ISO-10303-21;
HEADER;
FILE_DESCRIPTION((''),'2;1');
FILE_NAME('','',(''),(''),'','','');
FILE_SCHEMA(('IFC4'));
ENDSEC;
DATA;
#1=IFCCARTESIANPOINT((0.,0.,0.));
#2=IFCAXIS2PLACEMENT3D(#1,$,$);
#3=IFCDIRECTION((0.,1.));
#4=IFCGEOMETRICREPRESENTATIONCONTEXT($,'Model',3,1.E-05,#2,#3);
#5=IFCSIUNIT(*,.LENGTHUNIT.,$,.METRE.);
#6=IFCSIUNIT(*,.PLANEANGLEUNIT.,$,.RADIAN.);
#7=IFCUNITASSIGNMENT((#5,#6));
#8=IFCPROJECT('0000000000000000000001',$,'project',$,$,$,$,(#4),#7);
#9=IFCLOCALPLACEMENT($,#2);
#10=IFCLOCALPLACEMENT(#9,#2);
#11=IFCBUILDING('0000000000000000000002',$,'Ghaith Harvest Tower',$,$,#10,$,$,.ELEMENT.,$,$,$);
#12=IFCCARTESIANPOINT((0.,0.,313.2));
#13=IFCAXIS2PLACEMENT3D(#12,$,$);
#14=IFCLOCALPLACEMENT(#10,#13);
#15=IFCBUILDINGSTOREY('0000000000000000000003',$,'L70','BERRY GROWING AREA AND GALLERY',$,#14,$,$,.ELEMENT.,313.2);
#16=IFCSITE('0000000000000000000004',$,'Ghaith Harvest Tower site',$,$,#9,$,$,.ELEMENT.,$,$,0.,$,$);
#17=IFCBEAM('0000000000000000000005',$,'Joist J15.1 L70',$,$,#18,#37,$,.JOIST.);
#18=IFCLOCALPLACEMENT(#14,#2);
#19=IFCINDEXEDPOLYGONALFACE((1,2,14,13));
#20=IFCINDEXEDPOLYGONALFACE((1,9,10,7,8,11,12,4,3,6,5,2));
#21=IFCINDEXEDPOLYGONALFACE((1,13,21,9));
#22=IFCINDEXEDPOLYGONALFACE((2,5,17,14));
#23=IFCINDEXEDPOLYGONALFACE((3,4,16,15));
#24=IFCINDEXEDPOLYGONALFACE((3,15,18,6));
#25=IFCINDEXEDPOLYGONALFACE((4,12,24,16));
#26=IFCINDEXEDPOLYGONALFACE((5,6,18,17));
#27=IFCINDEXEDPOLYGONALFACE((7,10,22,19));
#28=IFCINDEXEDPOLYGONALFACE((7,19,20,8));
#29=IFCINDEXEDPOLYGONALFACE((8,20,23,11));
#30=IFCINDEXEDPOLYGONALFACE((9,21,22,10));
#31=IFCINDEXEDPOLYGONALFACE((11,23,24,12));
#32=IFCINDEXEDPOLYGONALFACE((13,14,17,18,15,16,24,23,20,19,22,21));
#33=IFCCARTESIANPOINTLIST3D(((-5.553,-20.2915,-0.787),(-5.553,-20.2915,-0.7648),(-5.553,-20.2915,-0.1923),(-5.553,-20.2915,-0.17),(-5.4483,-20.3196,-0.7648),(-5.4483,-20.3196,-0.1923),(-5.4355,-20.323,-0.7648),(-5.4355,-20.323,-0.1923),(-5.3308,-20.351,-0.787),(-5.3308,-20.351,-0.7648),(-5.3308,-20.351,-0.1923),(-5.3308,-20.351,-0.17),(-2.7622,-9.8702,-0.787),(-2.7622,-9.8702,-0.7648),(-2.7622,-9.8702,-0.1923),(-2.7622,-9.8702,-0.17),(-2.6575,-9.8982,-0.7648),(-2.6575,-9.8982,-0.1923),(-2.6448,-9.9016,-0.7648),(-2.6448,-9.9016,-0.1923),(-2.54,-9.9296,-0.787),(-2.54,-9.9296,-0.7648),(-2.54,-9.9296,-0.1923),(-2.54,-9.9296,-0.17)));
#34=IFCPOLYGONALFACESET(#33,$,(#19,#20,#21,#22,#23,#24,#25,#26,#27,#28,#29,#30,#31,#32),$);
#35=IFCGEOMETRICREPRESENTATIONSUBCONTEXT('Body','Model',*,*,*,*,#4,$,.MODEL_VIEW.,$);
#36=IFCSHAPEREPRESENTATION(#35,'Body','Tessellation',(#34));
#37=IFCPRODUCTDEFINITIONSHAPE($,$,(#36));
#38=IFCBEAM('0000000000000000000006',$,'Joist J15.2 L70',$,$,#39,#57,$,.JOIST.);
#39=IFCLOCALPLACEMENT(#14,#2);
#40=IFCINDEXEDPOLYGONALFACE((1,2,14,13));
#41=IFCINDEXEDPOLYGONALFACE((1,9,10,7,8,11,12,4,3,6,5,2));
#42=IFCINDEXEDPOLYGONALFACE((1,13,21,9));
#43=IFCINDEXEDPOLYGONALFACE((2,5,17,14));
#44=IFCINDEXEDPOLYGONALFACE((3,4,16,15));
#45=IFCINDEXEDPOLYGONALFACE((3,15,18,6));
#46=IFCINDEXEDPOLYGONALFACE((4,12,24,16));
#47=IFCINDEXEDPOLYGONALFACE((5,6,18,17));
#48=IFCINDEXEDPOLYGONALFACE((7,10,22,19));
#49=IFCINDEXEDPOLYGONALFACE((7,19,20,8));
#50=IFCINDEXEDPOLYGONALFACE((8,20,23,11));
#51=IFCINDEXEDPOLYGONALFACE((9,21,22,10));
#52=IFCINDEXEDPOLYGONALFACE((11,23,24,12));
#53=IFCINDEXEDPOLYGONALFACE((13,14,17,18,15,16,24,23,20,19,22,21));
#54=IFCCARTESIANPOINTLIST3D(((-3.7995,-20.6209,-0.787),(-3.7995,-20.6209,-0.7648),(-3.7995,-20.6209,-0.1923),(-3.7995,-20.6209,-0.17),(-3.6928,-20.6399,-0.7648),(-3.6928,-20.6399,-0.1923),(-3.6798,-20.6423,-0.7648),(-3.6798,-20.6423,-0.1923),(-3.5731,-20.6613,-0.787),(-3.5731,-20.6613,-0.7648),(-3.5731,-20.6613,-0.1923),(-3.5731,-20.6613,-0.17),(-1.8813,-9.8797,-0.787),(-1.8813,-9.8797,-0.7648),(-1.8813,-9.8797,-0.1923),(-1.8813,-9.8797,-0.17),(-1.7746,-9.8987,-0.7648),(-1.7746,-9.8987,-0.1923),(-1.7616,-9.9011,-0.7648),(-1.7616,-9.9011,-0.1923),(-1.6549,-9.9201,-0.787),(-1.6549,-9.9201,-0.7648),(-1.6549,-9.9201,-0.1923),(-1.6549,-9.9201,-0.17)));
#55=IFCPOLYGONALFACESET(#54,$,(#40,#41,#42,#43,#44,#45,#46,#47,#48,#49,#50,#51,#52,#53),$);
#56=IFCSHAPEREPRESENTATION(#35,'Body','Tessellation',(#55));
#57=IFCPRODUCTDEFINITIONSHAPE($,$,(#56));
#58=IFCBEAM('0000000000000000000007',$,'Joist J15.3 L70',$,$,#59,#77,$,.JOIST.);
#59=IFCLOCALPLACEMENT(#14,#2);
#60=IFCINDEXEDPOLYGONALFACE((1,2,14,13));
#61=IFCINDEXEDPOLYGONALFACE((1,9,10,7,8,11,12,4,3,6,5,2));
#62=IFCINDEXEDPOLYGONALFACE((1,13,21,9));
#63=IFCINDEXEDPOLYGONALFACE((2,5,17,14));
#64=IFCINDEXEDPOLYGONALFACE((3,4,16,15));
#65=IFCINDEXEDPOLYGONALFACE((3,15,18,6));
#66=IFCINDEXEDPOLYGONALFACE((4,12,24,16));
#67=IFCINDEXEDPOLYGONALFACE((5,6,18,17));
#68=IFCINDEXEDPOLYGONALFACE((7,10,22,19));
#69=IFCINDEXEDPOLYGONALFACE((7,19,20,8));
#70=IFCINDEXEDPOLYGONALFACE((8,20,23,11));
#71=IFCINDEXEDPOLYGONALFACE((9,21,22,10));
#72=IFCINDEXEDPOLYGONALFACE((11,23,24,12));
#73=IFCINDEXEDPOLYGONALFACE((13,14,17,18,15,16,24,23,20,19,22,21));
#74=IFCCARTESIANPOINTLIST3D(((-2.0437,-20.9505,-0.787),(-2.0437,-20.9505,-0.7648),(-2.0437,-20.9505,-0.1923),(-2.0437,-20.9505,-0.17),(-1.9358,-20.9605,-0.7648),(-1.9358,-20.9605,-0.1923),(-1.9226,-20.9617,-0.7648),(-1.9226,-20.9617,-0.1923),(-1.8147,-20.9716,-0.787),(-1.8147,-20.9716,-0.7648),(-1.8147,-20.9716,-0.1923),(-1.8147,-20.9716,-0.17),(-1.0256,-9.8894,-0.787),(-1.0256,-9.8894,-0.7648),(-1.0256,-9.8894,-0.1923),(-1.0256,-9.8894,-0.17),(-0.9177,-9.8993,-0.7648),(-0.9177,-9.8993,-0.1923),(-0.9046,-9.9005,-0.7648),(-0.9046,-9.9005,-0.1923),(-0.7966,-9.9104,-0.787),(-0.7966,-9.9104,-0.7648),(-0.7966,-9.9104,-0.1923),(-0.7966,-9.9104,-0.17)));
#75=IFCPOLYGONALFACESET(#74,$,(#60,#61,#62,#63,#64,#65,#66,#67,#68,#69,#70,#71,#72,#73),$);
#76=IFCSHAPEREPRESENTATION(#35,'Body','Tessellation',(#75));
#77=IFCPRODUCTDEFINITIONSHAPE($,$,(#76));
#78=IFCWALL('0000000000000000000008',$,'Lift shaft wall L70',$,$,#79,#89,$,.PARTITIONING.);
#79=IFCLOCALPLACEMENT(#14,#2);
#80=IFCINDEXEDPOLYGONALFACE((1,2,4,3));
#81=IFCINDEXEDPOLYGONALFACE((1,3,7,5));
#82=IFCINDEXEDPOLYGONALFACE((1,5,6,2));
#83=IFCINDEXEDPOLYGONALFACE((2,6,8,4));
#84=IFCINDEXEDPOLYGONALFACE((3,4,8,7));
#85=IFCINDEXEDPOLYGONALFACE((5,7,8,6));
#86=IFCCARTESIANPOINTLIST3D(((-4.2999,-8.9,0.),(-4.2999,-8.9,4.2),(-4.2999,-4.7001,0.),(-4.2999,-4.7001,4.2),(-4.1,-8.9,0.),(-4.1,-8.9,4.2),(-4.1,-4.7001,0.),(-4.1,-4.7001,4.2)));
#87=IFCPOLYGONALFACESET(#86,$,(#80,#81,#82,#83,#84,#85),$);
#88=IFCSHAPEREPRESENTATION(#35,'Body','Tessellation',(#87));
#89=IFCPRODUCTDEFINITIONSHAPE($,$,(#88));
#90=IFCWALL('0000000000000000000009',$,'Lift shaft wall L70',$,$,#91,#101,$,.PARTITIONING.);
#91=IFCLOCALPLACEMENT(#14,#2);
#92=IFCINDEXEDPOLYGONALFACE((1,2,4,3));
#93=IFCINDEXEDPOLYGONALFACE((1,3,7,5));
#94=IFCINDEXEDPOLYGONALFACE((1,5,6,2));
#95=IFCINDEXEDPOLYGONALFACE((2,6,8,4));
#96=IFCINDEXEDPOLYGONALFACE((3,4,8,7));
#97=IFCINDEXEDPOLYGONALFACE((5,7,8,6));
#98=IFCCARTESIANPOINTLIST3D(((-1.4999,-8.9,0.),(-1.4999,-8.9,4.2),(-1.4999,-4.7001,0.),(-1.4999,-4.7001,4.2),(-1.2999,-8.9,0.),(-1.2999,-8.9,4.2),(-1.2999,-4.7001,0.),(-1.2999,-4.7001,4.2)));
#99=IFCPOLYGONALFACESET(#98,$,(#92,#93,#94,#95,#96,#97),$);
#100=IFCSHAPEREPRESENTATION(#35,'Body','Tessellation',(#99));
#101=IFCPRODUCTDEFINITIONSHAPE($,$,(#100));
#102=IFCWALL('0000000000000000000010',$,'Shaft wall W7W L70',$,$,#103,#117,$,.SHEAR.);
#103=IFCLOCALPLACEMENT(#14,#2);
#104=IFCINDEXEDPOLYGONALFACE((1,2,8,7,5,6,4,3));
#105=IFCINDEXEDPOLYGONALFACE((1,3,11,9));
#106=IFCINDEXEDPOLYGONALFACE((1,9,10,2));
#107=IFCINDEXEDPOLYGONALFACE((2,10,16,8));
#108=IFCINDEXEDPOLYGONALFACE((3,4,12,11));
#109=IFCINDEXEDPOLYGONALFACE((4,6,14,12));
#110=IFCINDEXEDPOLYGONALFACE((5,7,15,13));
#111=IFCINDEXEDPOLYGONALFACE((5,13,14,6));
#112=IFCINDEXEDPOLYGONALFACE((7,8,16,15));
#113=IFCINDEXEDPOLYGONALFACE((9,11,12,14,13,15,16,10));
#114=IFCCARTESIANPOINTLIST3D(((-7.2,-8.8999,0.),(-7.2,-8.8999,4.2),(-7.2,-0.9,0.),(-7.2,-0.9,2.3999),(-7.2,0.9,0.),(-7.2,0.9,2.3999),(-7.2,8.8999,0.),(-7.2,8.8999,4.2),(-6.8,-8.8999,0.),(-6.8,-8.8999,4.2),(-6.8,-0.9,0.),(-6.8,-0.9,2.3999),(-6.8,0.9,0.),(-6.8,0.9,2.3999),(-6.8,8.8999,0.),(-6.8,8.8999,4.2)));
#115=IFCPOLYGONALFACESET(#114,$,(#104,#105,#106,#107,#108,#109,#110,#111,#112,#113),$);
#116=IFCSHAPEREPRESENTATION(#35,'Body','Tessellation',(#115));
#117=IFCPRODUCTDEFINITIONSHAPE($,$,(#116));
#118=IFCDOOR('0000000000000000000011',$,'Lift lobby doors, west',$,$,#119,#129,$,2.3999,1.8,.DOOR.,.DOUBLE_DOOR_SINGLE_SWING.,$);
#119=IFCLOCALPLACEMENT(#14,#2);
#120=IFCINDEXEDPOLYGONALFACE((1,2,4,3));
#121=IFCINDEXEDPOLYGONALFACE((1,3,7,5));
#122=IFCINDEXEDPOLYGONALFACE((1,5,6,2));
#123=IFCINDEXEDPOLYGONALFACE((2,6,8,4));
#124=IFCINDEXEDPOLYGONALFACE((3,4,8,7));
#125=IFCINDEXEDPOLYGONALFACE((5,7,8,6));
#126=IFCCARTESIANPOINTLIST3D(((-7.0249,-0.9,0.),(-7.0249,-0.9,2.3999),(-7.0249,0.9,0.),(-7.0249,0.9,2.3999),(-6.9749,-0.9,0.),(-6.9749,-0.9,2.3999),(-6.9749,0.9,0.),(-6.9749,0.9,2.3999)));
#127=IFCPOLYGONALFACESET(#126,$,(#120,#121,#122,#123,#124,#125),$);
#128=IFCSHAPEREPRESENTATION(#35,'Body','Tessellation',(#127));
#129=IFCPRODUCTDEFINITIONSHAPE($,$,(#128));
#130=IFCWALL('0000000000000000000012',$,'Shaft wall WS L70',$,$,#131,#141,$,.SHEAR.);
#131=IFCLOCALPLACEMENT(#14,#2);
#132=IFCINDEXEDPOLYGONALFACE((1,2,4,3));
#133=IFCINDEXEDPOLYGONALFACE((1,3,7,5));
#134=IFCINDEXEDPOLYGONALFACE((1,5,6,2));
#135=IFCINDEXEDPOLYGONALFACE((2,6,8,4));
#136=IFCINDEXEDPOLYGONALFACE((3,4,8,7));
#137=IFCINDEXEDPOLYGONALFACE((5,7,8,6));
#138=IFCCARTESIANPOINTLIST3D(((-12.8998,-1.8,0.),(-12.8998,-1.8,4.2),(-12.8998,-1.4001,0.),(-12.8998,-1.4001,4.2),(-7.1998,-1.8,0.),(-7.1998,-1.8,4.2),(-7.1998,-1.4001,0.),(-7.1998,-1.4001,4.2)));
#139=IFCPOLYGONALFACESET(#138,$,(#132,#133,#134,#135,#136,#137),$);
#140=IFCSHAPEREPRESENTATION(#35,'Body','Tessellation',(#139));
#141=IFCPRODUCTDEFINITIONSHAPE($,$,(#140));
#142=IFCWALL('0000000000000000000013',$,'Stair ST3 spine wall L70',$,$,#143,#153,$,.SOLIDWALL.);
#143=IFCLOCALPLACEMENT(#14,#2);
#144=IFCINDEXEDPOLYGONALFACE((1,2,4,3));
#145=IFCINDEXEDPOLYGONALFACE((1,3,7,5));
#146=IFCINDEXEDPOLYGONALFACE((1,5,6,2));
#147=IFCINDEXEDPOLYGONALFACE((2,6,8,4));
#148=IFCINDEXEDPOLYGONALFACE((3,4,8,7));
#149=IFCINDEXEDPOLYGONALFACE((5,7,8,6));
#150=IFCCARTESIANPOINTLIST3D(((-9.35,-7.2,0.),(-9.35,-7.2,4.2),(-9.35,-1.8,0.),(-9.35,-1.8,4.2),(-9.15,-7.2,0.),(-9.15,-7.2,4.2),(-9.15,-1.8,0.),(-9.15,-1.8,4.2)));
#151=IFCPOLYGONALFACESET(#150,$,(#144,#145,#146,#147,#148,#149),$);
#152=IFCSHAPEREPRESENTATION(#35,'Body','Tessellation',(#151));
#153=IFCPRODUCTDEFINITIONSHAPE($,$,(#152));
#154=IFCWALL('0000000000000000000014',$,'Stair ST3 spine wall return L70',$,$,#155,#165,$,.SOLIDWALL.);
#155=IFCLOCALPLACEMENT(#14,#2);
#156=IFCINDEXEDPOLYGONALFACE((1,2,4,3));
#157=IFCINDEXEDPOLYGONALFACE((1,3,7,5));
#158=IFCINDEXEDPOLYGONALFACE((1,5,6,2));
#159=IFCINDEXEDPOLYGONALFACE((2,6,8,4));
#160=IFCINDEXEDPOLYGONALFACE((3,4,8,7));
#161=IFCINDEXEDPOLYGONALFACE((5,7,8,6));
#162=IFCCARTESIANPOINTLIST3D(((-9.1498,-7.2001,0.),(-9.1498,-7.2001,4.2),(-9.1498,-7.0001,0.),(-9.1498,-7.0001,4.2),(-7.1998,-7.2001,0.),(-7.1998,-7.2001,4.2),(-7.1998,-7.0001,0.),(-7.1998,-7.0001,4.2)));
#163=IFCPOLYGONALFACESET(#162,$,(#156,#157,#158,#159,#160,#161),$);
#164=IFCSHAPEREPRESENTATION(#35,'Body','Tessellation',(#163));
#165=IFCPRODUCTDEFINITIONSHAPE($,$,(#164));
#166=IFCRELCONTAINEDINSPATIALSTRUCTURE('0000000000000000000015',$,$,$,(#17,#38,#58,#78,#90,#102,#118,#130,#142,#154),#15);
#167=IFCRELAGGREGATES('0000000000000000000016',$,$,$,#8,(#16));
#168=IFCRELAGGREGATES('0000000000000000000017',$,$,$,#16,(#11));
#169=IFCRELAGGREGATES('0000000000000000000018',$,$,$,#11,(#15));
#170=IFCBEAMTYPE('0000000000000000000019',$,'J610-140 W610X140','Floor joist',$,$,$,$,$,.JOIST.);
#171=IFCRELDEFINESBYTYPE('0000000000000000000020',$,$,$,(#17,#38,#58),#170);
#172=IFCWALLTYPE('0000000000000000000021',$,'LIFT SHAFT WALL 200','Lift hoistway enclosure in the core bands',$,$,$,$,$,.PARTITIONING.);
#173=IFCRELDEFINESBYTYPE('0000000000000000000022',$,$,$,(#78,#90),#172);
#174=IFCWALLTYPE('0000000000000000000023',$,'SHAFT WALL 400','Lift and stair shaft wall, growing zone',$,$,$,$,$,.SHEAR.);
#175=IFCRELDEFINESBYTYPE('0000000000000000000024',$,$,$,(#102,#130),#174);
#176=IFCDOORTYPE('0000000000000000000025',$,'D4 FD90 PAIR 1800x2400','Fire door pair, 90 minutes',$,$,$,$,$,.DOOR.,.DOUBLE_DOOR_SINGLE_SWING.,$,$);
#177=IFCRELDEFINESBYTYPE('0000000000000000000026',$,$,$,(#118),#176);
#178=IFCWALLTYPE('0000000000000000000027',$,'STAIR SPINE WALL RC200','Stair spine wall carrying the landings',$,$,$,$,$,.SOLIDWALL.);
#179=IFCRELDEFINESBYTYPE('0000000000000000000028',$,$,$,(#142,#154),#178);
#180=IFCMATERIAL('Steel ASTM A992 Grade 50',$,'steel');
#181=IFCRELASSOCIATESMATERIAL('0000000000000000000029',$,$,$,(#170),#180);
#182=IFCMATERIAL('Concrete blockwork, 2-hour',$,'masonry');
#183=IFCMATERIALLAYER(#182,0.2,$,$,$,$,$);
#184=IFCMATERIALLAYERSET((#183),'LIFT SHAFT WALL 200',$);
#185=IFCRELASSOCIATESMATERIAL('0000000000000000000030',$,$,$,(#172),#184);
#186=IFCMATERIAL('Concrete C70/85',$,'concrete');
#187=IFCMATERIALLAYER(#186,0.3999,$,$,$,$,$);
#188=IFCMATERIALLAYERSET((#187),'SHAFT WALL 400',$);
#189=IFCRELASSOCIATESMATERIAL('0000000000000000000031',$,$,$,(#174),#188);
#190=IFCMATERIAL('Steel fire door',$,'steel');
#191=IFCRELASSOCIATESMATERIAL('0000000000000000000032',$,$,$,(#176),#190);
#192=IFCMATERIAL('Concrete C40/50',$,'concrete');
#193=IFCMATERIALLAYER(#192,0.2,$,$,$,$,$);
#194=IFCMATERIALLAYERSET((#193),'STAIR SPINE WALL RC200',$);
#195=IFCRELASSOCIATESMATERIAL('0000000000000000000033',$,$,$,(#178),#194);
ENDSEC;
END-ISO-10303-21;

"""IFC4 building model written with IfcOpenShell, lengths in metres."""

from ifc_helpers import new_model, si_unit, direction, frame, frame_2d, origin, origin_2d, place, context, subcontext, project, spatial, rectangle, i_section, extrude, material, layer, layer_set, material_profile, profile_set, type_object, element, fill, save


model = new_model("IFC4")

# Units and contexts
model_context = context("Model", 3, precision=1e-05, world=origin(), true_north=direction((0.0, 1.0)))
body_context = subcontext(model_context, "Body", "Model", "MODEL_VIEW")
ifc_project = project(units=[si_unit("LENGTHUNIT", "METRE"), si_unit("PLANEANGLEUNIT", "RADIAN")], contexts=[model_context])

# Site, building, storey
site_placement = place(None, origin())
site = spatial("IfcSite", under=ifc_project, at=site_placement, Name="Ghaith Harvest Tower site", CompositionType="ELEMENT", RefElevation=0.0)
building_placement = place(site_placement, origin())
building = spatial("IfcBuilding", under=site, at=building_placement, Name="Ghaith Harvest Tower", CompositionType="ELEMENT")
storey_placement = place(building_placement, frame((0.0, 0.0, 313.2)))
storey = spatial("IfcBuildingStorey", under=building, at=storey_placement, Name="L70", Description="BERRY GROWING AREA AND GALLERY", CompositionType="ELEMENT", Elevation=313.2)

# Beams
ifc_material_1 = material(Name="Steel ASTM A992 Grade 50", Category="steel")
ifc_material_profile_1 = material_profile(ifc_material_1, i_section(OverallWidth=0.23, OverallDepth=0.6169, WebThickness=0.0132, FlangeThickness=0.0222, at=origin_2d()), Name="W610X140")
ifc_profile_set_1 = profile_set([ifc_material_profile_1], Name="Steel ASTM A992 Grade 50")
beam_type_1 = type_object("IfcBeamType", Name="J610-140 W610X140", Description="Floor joist", PredefinedType="JOIST", material=ifc_profile_set_1)
beam_1_placement = place(storey_placement, frame((-2.6511, -9.8999, -0.4785), z_axis=(-0.258678, -0.965964, 0.0), x_axis=(0.965964, -0.258678, 0.0)))
element("IfcBeam", 1, at=beam_1_placement, inside=storey, type_object=beam_type_1, Name="Joist J15.1 L70", PredefinedType="JOIST", context=body_context, shape_type="SweptSolid", body=[
    extrude(i_section(OverallWidth=0.23, OverallDepth=0.6169, WebThickness=0.0132, FlangeThickness=0.0222, at=origin_2d()), origin(), (0.0, 0.0, 1.0), 10.7886),
])
beam_2_placement = place(storey_placement, frame((-1.7681, -9.8999, -0.4785), z_axis=(-0.175803, -0.984425, 0.0), x_axis=(0.984425, -0.175803, 0.0)))
element("IfcBeam", 2, at=beam_2_placement, inside=storey, type_object=beam_type_1, Name="Joist J15.2 L70", PredefinedType="JOIST", context=body_context, shape_type="SweptSolid", body=[
    extrude(i_section(OverallWidth=0.23, OverallDepth=0.6169, WebThickness=0.0132, FlangeThickness=0.0222, at=origin_2d()), origin(), (0.0, 0.0, 1.0), 10.9111),
])
beam_3_placement = place(storey_placement, frame((-0.9111, -9.8999, -0.4785), z_axis=(-0.091651, -0.995791, 0.0), x_axis=(0.995791, -0.091651, 0.0)))
element("IfcBeam", 3, at=beam_3_placement, inside=storey, type_object=beam_type_1, Name="Joist J15.3 L70", PredefinedType="JOIST", context=body_context, shape_type="SweptSolid", body=[
    extrude(i_section(OverallWidth=0.23, OverallDepth=0.6169, WebThickness=0.0132, FlangeThickness=0.0222, at=origin_2d()), origin(), (0.0, 0.0, 1.0), 11.1079),
])

# Walls
ifc_material_2 = material(Name="Concrete blockwork, 2-hour", Category="masonry")
ifc_layer_1 = layer(ifc_material_2, 0.2)
ifc_layer_set_1 = layer_set([ifc_layer_1], Name="LIFT SHAFT WALL 200")
wall_type_1 = type_object("IfcWallType", Name="LIFT SHAFT WALL 200", Description="Lift hoistway enclosure in the core bands", PredefinedType="PARTITIONING", material=ifc_layer_set_1)
for number, where, z_axis, x_axis, name in (
    (4, (-4.2, -4.7, 0.0), (0.0, 0.0, 1.0), (0.0, -1.0, 0.0), "Lift shaft wall L70"),
    (5, (-1.3999, -4.7, 0.0), (0.0, 0.0, 1.0), (0.0, -1.0, 0.0), "Lift shaft wall L70"),
):
    element("IfcWall", number, at=place(storey_placement, frame(where, z_axis=z_axis, x_axis=x_axis)), inside=storey, type_object=wall_type_1, Name=name, PredefinedType="PARTITIONING", context=body_context, shape_type="SweptSolid", body=[
        extrude(rectangle(XDim=4.2, YDim=0.2, at=frame_2d((2.1001, 0.0))), origin(), (0.0, 0.0, 1.0), 4.2),
    ])

# Wall, opening, door
ifc_material_3 = material(Name="Concrete C70/85", Category="concrete")
ifc_layer_2 = layer(ifc_material_3, 0.3999)
ifc_layer_set_2 = layer_set([ifc_layer_2], Name="SHAFT WALL 400")
wall_type_2 = type_object("IfcWallType", Name="SHAFT WALL 400", Description="Lift and stair shaft wall, growing zone", PredefinedType="SHEAR", material=ifc_layer_set_2)
wall_1_placement = place(storey_placement, frame((-7.0, -8.8999, 0.0), z_axis=(0.0, 0.0, 1.0), x_axis=(0.0, 1.0, 0.0)))
wall_1 = element("IfcWall", 6, at=wall_1_placement, inside=storey, type_object=wall_type_2, Name="Shaft wall W7W L70", PredefinedType="SHEAR", context=body_context, shape_type="SweptSolid", body=[
    extrude(rectangle(XDim=17.7998, YDim=0.3999, at=frame_2d((8.8999, 0.0))), origin(), (0.0, 0.0, 1.0), 4.2),
])
opening_1_placement = place(wall_1_placement, frame((8.0, 0.0, 0.0)))
opening_1 = element("IfcOpeningElement", 7, at=opening_1_placement, cuts=wall_1, PredefinedType="OPENING", context=body_context, shape_type="SweptSolid", body=[
    extrude(rectangle(XDim=1.8, YDim=2.3999, at=frame_2d((0.8999, 1.2))), frame((0.0, 0.21, 0.0), z_axis=(0.0, -1.0, 0.0), x_axis=(1.0, 0.0, 0.0)), (0.0, 0.0, 1.0), 0.4199),
])
ifc_material_4 = material(Name="Steel fire door", Category="steel")
door_type_1 = type_object("IfcDoorType", Name="D4 FD90 PAIR 1800x2400", Description="Fire door pair, 90 minutes", OperationType="DOUBLE_DOOR_SINGLE_SWING", PredefinedType="DOOR", material=ifc_material_4)
door_1_placement = place(opening_1_placement, origin())
door_1 = element("IfcDoor", 8, at=door_1_placement, inside=storey, type_object=door_type_1, Name="Lift lobby doors, west", OperationType="DOUBLE_DOOR_SINGLE_SWING", OverallHeight=2.3999, OverallWidth=1.8, PredefinedType="DOOR", context=body_context, shape_type="SweptSolid", body=[
    extrude(rectangle(XDim=1.8, YDim=2.3999, at=frame_2d((0.8999, 1.2))), frame((0.0, 0.0249, 0.0), z_axis=(0.0, -1.0, 0.0), x_axis=(1.0, 0.0, 0.0)), (0.0, 0.0, 1.0), 0.05),
])
fill(opening_1, door_1)

# Walls
wall_2_placement = place(storey_placement, frame((-12.8999, -1.6001, 0.0), z_axis=(0.0, 0.0, 1.0), x_axis=(1.0, 0.0, 0.0)))
element("IfcWall", 9, at=wall_2_placement, inside=storey, type_object=wall_type_2, Name="Shaft wall WS L70", PredefinedType="SHEAR", context=body_context, shape_type="SweptSolid", body=[
    extrude(rectangle(XDim=5.7, YDim=0.3999, at=frame_2d((2.8501, 0.0))), origin(), (0.0, 0.0, 1.0), 4.2),
])
ifc_material_5 = material(Name="Concrete C40/50", Category="concrete")
ifc_layer_3 = layer(ifc_material_5, 0.2)
ifc_layer_set_3 = layer_set([ifc_layer_3], Name="STAIR SPINE WALL RC200")
wall_type_3 = type_object("IfcWallType", Name="STAIR SPINE WALL RC200", Description="Stair spine wall carrying the landings", PredefinedType="SOLIDWALL", material=ifc_layer_set_3)
wall_3_placement = place(storey_placement, frame((-9.25, -7.2, 0.0), z_axis=(0.0, 0.0, 1.0), x_axis=(0.0, 1.0, 0.0)))
element("IfcWall", 10, at=wall_3_placement, inside=storey, type_object=wall_type_3, Name="Stair ST3 spine wall L70", PredefinedType="SOLIDWALL", context=body_context, shape_type="SweptSolid", body=[
    extrude(rectangle(XDim=5.3999, YDim=0.2, at=frame_2d((2.7, 0.0))), origin(), (0.0, 0.0, 1.0), 4.2),
])
wall_4_placement = place(storey_placement, frame((-9.1499, -7.1001, 0.0), z_axis=(0.0, 0.0, 1.0), x_axis=(1.0, 0.0, 0.0)))
element("IfcWall", 11, at=wall_4_placement, inside=storey, type_object=wall_type_3, Name="Stair ST3 spine wall return L70", PredefinedType="SOLIDWALL", context=body_context, shape_type="SweptSolid", body=[
    extrude(rectangle(XDim=1.95, YDim=0.2, at=frame_2d((0.9751, 0.0))), origin(), (0.0, 0.0, 1.0), 4.2),
])

save(model, "model.ifc")
